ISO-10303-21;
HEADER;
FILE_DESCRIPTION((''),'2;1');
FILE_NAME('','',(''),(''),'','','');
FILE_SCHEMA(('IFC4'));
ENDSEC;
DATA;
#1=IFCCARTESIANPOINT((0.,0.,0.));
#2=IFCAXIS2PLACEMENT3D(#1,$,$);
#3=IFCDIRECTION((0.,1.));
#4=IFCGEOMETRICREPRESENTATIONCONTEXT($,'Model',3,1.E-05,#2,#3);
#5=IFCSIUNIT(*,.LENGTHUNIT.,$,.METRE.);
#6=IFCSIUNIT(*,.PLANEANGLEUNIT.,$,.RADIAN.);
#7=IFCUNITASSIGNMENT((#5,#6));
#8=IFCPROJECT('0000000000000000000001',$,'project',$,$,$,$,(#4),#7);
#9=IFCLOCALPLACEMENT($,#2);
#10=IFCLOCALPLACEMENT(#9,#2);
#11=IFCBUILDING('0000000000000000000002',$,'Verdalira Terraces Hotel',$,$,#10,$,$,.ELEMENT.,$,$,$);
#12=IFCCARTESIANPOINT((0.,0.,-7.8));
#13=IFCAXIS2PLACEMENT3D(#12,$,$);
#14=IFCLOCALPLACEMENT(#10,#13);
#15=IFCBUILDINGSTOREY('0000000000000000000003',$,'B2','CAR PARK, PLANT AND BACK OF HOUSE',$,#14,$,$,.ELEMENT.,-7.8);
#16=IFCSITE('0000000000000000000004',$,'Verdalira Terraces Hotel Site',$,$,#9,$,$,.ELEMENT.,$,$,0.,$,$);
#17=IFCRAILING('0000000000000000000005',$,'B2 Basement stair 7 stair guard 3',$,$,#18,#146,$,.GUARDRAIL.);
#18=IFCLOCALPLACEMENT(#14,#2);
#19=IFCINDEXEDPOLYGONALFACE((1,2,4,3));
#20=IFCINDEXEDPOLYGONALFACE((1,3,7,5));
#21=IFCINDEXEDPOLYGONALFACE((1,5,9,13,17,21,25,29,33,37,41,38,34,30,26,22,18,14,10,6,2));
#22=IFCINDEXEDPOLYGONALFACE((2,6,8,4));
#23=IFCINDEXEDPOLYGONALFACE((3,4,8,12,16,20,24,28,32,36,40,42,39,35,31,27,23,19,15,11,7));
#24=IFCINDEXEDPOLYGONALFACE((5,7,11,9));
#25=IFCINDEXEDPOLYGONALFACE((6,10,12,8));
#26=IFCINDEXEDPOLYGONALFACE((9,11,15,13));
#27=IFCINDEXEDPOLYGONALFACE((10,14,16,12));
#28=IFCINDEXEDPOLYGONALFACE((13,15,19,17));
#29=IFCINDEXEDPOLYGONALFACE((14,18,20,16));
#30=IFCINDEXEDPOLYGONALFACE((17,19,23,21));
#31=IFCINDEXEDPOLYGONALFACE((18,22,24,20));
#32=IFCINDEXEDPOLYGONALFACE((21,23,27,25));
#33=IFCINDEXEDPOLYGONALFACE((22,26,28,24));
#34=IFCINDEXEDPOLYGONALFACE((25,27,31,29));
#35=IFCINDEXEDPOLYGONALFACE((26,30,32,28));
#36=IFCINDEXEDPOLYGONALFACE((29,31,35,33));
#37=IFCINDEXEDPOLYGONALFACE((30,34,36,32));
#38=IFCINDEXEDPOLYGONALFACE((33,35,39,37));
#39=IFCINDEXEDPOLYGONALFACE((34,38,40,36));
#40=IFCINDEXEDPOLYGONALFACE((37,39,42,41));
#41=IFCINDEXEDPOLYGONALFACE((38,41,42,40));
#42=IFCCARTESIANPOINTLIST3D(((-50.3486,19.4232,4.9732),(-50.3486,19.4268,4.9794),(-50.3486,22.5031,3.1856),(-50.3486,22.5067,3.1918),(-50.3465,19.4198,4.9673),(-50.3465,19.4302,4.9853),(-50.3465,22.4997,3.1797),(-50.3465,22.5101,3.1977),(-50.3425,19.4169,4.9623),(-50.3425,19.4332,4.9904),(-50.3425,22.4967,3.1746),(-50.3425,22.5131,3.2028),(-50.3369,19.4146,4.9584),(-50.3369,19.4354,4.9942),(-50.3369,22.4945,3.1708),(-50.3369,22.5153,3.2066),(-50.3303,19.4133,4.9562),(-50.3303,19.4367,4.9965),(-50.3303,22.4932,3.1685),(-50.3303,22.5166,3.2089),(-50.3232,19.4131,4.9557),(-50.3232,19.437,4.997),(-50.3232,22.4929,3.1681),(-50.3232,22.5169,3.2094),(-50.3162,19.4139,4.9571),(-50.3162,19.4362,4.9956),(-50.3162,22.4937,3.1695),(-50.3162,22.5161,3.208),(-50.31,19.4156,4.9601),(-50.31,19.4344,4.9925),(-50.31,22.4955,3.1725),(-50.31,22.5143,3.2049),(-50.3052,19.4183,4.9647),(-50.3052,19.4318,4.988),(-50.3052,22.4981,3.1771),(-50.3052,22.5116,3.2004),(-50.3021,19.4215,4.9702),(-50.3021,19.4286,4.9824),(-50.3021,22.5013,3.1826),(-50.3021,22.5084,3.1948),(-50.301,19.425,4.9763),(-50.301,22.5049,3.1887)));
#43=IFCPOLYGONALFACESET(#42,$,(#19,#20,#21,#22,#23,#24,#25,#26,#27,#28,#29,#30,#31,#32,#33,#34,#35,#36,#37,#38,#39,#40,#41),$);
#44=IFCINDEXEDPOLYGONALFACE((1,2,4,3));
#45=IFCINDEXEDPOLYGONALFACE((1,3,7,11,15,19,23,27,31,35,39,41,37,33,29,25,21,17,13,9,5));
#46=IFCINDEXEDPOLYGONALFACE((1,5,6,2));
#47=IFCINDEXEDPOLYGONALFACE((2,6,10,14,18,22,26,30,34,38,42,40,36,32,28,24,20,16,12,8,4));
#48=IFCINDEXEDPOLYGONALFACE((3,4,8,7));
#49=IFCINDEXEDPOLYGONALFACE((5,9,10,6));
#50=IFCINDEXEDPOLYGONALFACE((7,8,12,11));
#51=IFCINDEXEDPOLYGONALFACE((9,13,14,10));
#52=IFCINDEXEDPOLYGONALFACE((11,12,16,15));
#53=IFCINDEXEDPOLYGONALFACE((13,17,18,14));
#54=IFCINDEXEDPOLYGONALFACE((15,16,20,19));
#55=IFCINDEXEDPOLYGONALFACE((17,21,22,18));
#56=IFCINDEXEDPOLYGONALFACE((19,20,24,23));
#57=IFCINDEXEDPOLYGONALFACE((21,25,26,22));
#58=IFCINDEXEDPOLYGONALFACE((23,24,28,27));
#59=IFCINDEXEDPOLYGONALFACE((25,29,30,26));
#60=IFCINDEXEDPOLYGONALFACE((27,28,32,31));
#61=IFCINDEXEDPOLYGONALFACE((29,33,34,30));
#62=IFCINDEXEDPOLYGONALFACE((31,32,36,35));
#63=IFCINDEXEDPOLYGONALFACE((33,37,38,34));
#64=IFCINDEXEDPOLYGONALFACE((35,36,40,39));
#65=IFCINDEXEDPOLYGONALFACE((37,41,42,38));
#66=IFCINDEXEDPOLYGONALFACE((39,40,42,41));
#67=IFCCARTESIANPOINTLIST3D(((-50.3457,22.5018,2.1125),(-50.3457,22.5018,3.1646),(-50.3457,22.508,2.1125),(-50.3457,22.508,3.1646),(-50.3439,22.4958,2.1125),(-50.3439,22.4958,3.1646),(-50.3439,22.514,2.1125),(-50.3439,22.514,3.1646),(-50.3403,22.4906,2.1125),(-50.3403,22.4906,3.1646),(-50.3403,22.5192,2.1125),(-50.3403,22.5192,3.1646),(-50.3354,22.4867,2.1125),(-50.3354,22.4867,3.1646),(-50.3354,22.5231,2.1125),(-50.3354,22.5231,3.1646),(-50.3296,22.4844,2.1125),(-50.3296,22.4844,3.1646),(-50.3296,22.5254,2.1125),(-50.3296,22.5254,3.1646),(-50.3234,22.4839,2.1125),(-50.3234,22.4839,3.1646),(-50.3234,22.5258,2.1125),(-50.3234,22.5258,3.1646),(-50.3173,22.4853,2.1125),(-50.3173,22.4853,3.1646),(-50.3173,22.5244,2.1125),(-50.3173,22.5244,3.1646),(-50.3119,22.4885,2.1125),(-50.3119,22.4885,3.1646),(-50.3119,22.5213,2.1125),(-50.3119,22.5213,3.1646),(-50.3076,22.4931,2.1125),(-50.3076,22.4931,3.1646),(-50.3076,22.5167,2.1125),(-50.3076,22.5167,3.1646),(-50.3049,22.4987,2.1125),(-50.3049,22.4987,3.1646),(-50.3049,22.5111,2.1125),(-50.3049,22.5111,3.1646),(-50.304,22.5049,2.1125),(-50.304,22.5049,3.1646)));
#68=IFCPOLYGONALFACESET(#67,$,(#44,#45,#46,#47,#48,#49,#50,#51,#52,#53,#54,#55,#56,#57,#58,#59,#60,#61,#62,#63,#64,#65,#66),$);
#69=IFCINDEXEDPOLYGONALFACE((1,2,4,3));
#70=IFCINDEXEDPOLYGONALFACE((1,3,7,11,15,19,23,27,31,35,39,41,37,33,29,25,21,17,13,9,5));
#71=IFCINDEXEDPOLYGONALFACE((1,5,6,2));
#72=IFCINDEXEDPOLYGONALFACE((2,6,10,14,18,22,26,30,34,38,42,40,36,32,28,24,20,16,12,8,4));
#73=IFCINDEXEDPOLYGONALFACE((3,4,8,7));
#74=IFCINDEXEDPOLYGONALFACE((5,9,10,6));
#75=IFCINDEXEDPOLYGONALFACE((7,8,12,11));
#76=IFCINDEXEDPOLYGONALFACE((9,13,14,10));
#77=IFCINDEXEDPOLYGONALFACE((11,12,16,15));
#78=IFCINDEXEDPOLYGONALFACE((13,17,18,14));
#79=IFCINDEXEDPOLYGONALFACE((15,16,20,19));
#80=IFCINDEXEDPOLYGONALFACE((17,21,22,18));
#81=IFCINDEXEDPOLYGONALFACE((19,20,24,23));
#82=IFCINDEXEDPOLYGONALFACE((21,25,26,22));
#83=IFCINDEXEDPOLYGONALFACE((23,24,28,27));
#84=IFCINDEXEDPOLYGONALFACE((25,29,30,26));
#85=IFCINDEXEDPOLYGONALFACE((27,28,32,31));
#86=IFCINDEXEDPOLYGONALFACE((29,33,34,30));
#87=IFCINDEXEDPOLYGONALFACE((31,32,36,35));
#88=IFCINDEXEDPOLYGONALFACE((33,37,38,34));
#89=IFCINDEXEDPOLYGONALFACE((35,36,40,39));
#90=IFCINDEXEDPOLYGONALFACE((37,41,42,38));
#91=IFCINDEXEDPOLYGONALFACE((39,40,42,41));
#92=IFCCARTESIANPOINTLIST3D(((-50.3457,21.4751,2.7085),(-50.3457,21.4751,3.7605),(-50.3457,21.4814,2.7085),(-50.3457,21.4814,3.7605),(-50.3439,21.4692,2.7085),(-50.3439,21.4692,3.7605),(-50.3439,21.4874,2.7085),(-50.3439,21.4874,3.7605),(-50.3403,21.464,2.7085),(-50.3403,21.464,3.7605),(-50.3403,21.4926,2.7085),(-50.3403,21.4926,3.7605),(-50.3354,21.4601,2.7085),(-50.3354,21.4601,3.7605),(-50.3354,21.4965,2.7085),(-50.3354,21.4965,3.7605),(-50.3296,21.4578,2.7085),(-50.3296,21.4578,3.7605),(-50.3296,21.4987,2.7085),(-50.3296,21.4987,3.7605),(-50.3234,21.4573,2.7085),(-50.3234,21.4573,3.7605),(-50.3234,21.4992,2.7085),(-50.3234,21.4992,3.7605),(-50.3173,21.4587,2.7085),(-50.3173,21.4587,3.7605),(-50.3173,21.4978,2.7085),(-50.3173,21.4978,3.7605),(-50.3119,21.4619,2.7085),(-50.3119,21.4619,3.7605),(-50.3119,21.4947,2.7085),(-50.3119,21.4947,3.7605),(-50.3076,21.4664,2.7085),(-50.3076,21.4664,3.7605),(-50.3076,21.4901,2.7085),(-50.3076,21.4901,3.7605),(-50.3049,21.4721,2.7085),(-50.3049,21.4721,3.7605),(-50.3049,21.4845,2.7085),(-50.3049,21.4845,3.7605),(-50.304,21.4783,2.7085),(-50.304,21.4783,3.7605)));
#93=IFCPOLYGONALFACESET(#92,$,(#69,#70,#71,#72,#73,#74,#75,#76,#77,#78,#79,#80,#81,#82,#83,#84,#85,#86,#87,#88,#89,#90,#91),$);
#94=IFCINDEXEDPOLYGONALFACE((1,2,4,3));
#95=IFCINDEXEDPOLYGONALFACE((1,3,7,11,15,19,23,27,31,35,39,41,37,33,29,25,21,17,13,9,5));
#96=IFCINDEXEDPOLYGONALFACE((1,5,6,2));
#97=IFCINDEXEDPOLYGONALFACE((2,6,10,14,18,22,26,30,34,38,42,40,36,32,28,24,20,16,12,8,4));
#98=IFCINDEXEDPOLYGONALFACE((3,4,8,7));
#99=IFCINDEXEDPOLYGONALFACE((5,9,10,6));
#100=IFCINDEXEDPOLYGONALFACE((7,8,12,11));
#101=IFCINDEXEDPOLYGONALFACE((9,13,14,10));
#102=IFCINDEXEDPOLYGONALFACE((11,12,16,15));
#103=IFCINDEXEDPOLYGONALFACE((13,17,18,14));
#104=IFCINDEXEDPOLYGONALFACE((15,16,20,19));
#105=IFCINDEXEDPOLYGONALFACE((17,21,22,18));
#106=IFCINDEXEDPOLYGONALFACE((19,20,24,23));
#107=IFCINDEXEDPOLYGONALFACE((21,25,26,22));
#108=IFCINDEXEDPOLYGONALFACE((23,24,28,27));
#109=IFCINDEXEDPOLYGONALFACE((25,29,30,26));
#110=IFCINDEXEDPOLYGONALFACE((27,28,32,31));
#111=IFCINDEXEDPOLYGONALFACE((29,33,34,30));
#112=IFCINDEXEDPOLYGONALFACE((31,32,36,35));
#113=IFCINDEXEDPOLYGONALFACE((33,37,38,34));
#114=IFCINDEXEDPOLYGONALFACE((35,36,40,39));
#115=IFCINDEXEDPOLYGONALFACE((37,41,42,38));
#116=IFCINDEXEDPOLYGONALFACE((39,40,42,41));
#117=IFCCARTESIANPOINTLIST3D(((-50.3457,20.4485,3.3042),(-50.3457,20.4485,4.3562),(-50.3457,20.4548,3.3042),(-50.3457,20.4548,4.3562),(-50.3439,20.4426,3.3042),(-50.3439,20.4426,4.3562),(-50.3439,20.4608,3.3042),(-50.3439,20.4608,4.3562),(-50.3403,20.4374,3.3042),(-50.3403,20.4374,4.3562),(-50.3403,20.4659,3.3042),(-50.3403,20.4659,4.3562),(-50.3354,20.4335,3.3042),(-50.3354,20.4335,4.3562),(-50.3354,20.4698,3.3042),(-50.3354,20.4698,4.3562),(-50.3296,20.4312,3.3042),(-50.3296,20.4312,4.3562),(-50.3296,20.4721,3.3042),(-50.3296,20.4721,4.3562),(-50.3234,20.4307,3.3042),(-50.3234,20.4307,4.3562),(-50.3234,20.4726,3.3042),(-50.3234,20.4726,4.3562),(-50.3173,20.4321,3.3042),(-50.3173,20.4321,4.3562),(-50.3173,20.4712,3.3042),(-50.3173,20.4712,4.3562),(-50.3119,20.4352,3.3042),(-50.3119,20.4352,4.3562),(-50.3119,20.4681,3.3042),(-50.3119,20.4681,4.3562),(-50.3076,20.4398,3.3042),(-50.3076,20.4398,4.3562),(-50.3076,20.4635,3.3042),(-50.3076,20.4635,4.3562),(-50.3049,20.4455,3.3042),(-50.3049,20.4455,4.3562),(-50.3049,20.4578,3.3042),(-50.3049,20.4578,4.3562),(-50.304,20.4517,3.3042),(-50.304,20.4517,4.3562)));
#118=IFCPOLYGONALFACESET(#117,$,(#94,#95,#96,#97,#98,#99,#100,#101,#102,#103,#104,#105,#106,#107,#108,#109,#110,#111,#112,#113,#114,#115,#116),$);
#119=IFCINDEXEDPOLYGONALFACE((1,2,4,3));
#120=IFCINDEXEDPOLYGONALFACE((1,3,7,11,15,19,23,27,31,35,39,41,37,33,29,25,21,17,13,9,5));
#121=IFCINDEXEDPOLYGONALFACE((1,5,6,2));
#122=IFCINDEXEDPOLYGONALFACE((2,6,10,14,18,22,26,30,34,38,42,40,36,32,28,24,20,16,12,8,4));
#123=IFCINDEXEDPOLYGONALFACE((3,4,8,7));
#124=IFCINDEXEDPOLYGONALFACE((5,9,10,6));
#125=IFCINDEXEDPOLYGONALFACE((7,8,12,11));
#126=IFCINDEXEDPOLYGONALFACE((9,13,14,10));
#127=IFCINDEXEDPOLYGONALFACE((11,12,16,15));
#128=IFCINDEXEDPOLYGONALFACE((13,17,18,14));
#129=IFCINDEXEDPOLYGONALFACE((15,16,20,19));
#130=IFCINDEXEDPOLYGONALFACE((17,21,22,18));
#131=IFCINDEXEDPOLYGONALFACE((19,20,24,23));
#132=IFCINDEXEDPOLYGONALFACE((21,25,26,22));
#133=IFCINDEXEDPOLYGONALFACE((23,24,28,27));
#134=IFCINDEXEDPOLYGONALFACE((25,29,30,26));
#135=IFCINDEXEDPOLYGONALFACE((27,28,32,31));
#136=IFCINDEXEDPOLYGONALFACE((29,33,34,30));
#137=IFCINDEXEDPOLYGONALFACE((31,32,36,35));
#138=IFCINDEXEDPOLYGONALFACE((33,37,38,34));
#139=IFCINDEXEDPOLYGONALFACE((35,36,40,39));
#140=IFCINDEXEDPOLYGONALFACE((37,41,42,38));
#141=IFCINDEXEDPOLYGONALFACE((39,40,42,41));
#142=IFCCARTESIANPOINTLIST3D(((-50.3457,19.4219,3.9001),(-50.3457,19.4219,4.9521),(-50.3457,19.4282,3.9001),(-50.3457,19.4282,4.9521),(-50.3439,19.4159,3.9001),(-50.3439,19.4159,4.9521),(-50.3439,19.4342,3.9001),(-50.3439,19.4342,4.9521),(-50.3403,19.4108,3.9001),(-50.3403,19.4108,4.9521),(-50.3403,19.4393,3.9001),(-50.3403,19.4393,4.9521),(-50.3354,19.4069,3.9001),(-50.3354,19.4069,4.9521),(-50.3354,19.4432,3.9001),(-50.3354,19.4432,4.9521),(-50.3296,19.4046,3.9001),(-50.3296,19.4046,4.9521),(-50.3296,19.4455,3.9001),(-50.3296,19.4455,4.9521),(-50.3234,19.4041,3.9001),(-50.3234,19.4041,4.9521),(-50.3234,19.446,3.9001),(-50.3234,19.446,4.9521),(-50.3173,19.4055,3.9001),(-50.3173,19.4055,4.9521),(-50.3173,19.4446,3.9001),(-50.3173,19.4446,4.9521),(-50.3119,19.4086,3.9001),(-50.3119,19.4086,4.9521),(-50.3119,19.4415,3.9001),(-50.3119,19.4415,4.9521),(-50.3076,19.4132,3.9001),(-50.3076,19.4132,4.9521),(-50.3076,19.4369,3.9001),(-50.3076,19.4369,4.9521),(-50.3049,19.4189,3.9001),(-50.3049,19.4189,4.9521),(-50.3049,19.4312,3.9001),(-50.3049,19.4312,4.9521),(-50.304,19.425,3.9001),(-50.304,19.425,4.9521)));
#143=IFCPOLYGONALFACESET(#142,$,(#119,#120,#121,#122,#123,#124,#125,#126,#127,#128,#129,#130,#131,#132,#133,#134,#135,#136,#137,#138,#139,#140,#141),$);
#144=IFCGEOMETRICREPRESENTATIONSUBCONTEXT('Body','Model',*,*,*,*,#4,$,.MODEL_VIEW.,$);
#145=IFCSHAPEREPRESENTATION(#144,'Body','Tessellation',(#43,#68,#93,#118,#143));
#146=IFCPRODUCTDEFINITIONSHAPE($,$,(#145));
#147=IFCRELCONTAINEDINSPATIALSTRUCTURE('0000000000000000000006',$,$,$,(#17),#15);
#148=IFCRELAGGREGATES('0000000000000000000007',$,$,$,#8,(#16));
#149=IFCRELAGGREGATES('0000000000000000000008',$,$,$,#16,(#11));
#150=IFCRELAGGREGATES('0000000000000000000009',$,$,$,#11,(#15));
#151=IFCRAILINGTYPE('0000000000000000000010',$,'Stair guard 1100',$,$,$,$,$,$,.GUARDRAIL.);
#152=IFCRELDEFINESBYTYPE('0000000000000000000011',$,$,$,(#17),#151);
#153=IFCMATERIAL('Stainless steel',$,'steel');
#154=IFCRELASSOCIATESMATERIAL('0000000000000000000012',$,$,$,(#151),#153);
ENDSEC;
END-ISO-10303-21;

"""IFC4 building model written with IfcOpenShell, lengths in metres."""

from ifc_helpers import new_model, si_unit, direction, frame, origin, origin_2d, place, context, subcontext, project, spatial, circle, extrude, material, type_object, element, save


model = new_model("IFC4")

# Units and contexts
model_context = context("Model", 3, precision=1e-05, world=origin(), true_north=direction((0.0, 1.0)))
body_context = subcontext(model_context, "Body", "Model", "MODEL_VIEW")
ifc_project = project(units=[si_unit("LENGTHUNIT", "METRE"), si_unit("PLANEANGLEUNIT", "RADIAN")], contexts=[model_context])

# Site, building, storey
site_placement = place(None, origin())
site = spatial("IfcSite", under=ifc_project, at=site_placement, Name="Verdalira Terraces Hotel Site", CompositionType="ELEMENT", RefElevation=0.0)
building_placement = place(site_placement, origin())
building = spatial("IfcBuilding", under=site, at=building_placement, Name="Verdalira Terraces Hotel", CompositionType="ELEMENT")
storey_placement = place(building_placement, frame((0.0, 0.0, -7.8)))
storey = spatial("IfcBuildingStorey", under=building, at=storey_placement, Name="B2", Description="CAR PARK, PLANT AND BACK OF HOUSE", CompositionType="ELEMENT", Elevation=-7.8)

# Railing
ifc_material_1 = material(Name="Stainless steel", Category="steel")
railing_type_1 = type_object("IfcRailingType", Name="Stair guard 1100", PredefinedType="GUARDRAIL", material=ifc_material_1)
railing_1_placement = place(storey_placement, frame((-50.325, 22.5049, 2.1125)))
element("IfcRailing", 1, at=railing_1_placement, inside=storey, type_object=railing_type_1, Name="B2 Basement stair 7 stair guard 3", PredefinedType="GUARDRAIL", context=body_context, shape_type="SweptSolid", body=[
    extrude(circle(Radius=0.0239, at=origin_2d()), frame((0.0, 0.0, 1.0762), z_axis=(0.0, -0.864873, 0.50199), x_axis=(1.0, 0.0, 0.0)), (0.0, 0.0, 1.0), 3.561),
    extrude(circle(Radius=0.021, at=origin_2d()), origin(), (0.0, 0.0, 1.0), 1.052),
    extrude(circle(Radius=0.021, at=origin_2d()), frame((0.0, -1.0266, 0.5959)), (0.0, 0.0, 1.0), 1.052),
    extrude(circle(Radius=0.021, at=origin_2d()), frame((0.0, -2.0532, 1.1917)), (0.0, 0.0, 1.0), 1.052),
    extrude(circle(Radius=0.021, at=origin_2d()), frame((0.0, -3.0798, 1.7876)), (0.0, 0.0, 1.0), 1.052),
])

save(model, "model.ifc")
